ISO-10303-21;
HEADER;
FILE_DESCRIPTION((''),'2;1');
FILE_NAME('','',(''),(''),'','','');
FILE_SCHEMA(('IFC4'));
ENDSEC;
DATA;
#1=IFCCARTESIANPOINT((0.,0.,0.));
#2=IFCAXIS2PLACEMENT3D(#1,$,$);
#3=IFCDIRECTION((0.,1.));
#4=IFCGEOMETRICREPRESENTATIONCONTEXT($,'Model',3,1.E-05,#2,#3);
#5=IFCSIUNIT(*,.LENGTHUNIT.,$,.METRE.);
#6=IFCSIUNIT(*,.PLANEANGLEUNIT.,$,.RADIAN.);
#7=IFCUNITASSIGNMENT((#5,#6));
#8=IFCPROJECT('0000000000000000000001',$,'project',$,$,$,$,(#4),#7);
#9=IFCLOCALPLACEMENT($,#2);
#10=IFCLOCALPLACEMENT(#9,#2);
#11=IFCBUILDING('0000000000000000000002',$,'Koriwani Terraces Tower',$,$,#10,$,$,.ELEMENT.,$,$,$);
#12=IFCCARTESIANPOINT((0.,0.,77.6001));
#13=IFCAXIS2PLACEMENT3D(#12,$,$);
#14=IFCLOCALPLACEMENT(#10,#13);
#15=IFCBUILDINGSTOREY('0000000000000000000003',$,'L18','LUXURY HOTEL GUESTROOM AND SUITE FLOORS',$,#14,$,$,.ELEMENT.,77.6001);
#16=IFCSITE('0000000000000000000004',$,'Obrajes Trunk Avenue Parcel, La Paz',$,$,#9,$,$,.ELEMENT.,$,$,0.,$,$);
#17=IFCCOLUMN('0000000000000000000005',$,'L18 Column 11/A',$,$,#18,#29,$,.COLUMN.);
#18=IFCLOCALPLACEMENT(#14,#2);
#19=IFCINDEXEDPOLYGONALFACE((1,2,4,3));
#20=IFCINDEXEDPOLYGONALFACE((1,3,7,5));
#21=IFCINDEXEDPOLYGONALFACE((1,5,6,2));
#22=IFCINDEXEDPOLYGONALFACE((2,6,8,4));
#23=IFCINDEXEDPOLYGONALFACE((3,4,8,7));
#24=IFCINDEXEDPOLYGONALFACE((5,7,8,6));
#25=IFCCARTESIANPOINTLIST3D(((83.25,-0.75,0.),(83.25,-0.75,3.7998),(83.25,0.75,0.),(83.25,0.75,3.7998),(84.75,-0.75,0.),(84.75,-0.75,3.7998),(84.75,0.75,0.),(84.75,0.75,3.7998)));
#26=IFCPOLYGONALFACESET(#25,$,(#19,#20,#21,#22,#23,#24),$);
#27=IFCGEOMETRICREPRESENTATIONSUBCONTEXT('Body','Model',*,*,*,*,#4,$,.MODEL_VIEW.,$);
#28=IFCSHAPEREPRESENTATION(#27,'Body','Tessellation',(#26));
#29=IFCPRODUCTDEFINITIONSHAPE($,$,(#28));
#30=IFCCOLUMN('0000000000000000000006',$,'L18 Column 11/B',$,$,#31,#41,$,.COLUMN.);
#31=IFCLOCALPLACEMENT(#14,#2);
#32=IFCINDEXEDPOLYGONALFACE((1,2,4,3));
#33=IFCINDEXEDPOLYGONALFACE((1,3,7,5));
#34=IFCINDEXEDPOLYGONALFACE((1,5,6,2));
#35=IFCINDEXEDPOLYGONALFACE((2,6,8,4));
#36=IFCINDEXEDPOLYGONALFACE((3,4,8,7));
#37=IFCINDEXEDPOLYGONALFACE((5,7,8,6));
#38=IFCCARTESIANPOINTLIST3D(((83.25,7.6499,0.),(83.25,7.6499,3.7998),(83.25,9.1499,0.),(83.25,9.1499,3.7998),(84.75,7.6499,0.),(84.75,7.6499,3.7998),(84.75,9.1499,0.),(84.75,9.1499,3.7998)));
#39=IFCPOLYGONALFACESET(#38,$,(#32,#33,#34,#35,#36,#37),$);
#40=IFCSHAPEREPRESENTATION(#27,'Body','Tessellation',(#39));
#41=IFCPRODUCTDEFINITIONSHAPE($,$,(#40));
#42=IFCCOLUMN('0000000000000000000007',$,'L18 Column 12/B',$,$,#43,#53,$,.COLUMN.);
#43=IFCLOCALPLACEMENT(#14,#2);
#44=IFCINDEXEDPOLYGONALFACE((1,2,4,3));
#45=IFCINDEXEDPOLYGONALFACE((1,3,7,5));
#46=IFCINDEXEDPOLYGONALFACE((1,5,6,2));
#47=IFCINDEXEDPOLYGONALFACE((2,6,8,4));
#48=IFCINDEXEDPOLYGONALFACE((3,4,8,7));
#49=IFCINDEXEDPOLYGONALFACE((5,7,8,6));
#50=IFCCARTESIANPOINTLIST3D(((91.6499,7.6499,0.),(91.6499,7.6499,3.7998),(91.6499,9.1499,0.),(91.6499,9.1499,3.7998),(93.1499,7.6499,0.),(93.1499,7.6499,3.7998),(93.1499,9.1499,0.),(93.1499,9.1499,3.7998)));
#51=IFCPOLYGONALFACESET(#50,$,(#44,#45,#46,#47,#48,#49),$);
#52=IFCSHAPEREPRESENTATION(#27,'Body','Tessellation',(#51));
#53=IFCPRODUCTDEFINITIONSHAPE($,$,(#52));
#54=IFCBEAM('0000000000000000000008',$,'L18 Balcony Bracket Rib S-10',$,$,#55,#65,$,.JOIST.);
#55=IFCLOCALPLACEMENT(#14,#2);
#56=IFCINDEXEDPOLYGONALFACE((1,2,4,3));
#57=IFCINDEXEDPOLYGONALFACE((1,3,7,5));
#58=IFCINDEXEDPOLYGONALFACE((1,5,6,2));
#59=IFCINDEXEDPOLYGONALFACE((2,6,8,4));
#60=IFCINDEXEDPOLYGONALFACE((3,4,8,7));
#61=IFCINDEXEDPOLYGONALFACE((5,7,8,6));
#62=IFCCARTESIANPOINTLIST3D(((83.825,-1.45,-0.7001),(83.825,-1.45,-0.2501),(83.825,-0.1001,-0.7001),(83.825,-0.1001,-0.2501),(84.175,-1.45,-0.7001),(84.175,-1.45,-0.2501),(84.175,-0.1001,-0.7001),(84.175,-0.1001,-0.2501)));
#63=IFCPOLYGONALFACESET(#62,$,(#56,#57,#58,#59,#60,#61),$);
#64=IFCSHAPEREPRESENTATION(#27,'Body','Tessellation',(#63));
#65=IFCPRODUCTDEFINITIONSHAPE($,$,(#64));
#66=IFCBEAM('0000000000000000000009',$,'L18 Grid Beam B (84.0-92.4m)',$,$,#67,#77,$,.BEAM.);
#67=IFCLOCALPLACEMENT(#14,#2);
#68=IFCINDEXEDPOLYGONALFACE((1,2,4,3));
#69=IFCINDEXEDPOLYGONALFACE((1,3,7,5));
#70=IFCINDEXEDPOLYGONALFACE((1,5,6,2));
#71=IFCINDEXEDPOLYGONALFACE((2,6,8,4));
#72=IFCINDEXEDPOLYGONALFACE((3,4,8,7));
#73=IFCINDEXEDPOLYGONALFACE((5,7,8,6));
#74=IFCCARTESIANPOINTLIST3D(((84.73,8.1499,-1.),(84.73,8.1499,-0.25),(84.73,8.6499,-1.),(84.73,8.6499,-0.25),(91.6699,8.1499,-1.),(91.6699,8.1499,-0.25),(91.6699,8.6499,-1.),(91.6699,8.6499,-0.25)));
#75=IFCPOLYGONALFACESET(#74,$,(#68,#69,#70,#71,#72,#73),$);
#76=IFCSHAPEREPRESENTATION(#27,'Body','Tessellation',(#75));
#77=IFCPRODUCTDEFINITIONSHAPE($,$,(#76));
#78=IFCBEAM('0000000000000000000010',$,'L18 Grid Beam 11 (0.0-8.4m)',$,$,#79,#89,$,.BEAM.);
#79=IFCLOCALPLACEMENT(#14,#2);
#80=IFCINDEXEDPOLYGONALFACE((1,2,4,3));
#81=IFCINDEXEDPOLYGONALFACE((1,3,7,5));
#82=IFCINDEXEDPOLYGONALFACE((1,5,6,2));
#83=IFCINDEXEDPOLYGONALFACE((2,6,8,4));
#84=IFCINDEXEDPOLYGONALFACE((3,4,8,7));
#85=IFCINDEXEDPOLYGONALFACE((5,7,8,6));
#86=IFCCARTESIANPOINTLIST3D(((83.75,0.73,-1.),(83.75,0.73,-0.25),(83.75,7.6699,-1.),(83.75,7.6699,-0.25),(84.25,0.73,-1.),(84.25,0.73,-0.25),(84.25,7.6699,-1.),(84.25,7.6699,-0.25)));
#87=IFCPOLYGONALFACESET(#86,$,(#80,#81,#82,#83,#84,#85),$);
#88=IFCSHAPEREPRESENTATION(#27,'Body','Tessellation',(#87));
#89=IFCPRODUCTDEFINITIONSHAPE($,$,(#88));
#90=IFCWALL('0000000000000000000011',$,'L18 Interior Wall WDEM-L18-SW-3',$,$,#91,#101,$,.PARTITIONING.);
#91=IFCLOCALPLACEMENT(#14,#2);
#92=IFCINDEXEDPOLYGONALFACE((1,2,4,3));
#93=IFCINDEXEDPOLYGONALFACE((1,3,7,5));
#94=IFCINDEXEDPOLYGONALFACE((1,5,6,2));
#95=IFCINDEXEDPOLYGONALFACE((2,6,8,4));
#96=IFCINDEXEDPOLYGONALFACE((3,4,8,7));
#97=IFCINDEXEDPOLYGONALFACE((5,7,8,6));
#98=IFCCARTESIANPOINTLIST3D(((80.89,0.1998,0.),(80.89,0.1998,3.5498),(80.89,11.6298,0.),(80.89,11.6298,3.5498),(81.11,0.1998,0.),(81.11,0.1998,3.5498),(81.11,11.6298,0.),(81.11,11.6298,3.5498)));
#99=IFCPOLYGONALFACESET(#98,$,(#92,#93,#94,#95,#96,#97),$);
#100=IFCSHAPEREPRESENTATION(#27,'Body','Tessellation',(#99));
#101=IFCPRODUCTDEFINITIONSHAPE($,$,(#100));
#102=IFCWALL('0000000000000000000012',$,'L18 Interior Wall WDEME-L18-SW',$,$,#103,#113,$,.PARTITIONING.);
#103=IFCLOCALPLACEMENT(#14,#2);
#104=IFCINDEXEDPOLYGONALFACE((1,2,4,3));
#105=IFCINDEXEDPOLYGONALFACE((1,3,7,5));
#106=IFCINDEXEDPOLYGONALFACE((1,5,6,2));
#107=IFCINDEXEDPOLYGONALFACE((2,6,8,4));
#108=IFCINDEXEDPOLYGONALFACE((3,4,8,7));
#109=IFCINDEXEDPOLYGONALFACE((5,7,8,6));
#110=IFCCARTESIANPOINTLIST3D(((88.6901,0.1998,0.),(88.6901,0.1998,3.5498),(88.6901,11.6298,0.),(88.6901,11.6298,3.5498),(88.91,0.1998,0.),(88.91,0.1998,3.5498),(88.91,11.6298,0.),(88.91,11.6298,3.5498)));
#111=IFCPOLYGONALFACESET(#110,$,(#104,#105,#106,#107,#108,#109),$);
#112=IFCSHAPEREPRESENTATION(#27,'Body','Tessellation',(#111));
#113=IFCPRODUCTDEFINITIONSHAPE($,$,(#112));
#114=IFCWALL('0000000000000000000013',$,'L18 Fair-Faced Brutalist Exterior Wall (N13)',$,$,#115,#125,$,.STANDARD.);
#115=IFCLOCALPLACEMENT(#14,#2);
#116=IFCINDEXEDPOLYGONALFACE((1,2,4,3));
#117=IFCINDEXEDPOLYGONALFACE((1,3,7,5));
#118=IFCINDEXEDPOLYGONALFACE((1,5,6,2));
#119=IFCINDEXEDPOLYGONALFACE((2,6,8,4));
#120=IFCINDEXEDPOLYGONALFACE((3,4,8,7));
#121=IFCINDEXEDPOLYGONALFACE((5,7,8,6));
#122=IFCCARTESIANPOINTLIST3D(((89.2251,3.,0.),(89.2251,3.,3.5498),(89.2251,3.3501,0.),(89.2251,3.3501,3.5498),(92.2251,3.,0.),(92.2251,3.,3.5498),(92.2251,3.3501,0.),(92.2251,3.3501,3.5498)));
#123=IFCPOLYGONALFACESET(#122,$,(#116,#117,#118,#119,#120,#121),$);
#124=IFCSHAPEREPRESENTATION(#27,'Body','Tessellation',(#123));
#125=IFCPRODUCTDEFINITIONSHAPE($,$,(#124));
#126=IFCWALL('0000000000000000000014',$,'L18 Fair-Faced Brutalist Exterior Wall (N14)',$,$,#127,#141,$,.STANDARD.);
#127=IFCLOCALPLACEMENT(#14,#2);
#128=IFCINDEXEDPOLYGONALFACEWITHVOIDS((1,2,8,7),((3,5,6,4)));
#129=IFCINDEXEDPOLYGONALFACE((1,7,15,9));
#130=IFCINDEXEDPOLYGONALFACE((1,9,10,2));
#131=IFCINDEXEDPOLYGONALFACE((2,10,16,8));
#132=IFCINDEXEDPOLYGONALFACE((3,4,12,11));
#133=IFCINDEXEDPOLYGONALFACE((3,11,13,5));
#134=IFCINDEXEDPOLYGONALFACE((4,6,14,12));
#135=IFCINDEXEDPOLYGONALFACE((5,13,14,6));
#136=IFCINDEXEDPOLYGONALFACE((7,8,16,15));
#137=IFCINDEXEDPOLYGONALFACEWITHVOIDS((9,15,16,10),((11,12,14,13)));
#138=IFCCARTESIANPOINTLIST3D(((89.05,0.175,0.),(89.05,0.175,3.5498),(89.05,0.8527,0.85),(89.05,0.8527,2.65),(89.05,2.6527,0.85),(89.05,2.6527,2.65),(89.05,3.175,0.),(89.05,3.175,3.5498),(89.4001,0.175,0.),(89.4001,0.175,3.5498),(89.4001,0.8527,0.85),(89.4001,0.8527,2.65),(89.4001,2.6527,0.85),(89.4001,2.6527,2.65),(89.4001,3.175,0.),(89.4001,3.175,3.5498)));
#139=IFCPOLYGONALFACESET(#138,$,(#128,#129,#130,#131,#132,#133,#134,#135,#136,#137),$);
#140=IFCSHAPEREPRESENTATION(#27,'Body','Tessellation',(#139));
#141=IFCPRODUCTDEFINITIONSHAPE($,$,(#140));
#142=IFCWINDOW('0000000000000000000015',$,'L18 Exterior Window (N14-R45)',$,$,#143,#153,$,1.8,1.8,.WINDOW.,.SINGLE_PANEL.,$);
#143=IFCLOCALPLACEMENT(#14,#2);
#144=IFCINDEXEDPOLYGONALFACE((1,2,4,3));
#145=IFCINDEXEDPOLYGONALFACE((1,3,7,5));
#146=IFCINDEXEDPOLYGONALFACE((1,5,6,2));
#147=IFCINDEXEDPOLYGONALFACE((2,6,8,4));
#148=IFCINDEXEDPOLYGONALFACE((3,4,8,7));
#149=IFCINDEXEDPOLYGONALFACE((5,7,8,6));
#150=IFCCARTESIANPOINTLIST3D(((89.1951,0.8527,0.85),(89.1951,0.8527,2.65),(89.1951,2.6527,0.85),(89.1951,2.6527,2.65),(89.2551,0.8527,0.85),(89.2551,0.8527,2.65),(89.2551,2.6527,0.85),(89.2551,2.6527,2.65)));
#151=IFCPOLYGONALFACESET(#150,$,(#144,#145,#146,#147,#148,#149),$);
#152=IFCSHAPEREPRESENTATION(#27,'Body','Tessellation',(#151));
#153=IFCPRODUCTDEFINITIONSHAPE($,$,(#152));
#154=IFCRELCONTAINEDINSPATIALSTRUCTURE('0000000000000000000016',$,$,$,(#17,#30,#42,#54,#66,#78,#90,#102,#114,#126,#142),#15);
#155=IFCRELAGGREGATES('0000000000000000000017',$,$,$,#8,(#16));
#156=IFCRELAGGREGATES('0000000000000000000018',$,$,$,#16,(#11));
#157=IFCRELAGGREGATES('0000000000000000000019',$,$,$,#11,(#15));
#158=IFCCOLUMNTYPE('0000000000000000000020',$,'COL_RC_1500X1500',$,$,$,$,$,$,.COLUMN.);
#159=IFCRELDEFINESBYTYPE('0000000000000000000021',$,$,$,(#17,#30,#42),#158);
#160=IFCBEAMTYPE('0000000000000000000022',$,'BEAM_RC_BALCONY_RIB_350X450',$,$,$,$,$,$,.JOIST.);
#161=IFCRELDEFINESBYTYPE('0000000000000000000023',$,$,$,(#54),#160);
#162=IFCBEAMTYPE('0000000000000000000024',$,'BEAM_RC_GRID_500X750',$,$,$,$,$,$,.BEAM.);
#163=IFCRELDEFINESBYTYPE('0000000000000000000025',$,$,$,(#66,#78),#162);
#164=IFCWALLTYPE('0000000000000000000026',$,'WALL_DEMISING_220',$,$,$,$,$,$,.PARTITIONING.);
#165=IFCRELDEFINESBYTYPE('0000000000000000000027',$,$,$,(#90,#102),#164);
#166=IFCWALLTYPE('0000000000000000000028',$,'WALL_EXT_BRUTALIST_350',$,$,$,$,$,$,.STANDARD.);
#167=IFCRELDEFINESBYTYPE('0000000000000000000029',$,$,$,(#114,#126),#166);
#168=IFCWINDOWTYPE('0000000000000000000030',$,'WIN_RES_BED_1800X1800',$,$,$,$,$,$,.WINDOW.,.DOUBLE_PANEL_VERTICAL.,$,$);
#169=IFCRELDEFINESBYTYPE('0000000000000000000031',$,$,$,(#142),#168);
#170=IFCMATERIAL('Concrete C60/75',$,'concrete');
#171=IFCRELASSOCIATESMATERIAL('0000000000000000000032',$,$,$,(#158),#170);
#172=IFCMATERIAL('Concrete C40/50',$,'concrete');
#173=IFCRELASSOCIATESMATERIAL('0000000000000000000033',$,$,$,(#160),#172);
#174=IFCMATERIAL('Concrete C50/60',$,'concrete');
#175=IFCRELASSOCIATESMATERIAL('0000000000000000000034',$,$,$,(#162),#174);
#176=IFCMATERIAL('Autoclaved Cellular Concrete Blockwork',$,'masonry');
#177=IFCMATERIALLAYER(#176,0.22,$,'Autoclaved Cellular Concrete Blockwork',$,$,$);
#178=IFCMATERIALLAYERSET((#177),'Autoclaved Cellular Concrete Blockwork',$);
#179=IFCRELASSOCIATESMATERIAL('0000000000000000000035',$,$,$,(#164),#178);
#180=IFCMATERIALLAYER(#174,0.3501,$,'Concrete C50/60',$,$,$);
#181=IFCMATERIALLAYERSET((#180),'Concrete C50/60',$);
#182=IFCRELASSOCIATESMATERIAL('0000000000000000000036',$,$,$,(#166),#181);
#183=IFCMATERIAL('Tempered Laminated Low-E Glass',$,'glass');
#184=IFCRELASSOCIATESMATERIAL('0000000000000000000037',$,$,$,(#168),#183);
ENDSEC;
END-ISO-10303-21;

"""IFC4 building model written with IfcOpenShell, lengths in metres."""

from ifc_helpers import new_model, si_unit, direction, frame, frame_2d, origin, origin_2d, place, context, subcontext, project, spatial, rectangle, extrude, material, layer, layer_set, material_profile, profile_set, type_object, element, fill, save


model = new_model("IFC4")

# Units and contexts
model_context = context("Model", 3, precision=1e-05, world=origin(), true_north=direction((0.0, 1.0)))
body_context = subcontext(model_context, "Body", "Model", "MODEL_VIEW")
ifc_project = project(units=[si_unit("LENGTHUNIT", "METRE"), si_unit("PLANEANGLEUNIT", "RADIAN")], contexts=[model_context])

# Site, building, storey
site_placement = place(None, origin())
site = spatial("IfcSite", under=ifc_project, at=site_placement, Name="Obrajes Trunk Avenue Parcel, La Paz", CompositionType="ELEMENT", RefElevation=0.0)
building_placement = place(site_placement, origin())
building = spatial("IfcBuilding", under=site, at=building_placement, Name="Koriwani Terraces Tower", CompositionType="ELEMENT")
storey_placement = place(building_placement, frame((0.0, 0.0, 77.6001)))
storey = spatial("IfcBuildingStorey", under=building, at=storey_placement, Name="L18", Description="LUXURY HOTEL GUESTROOM AND SUITE FLOORS", CompositionType="ELEMENT", Elevation=77.6001)

# Columns
ifc_material_1 = material(Name="Concrete C60/75", Category="concrete")
ifc_material_profile_1 = material_profile(ifc_material_1, rectangle(XDim=1.5, YDim=1.5, at=origin_2d()), Name="Concrete C60/75", Category="LoadBearing")
ifc_profile_set_1 = profile_set([ifc_material_profile_1], Name="Concrete C60/75")
column_type = type_object("IfcColumnType", Name="COL_RC_1500X1500", PredefinedType="COLUMN", material=ifc_profile_set_1)
for number, where, z_axis, x_axis, name in (
    (1, (84.0, 0.0, 0.0), (0.0, 0.0, 1.0), (1.0, 0.0, 0.0), "L18 Column 11/A"),
    (2, (84.0, 8.3999, 0.0), (0.0, 0.0, 1.0), (1.0, 0.0, 0.0), "L18 Column 11/B"),
    (3, (92.3999, 8.3999, 0.0), (0.0, 0.0, 1.0), (1.0, 0.0, 0.0), "L18 Column 12/B"),
):
    element("IfcColumn", number, at=place(storey_placement, frame(where, z_axis=z_axis, x_axis=x_axis)), inside=storey, type_object=column_type, Name=name, PredefinedType="COLUMN", context=body_context, shape_type="SweptSolid", body=[
        extrude(rectangle(XDim=1.5, YDim=1.5, at=origin_2d()), origin(), (0.0, 0.0, 1.0), 3.7998),
    ])

# Beams
ifc_material_2 = material(Name="Concrete C40/50", Category="concrete")
ifc_material_profile_2 = material_profile(ifc_material_2, rectangle(XDim=0.3501, YDim=0.45, at=origin_2d()), Name="Concrete C40/50", Category="LoadBearing")
ifc_profile_set_2 = profile_set([ifc_material_profile_2], Name="Concrete C40/50")
beam_type_1 = type_object("IfcBeamType", Name="BEAM_RC_BALCONY_RIB_350X450", PredefinedType="JOIST", material=ifc_profile_set_2)
beam_placement = place(storey_placement, frame((84.0, -1.45, -0.4751), z_axis=(0.0, 1.0, 0.0), x_axis=(-1.0, 0.0, 0.0)))
element("IfcBeam", 4, at=beam_placement, inside=storey, type_object=beam_type_1, Name="L18 Balcony Bracket Rib S-10", PredefinedType="JOIST", context=body_context, shape_type="SweptSolid", body=[
    extrude(rectangle(XDim=0.3501, YDim=0.45, at=origin_2d()), origin(), (0.0, 0.0, 1.0), 1.3499),
])
ifc_material_3 = material(Name="Concrete C50/60", Category="concrete")
ifc_material_profile_3 = material_profile(ifc_material_3, rectangle(XDim=0.5, YDim=0.75, at=origin_2d()), Name="Concrete C50/60", Category="LoadBearing")
ifc_profile_set_3 = profile_set([ifc_material_profile_3], Name="Concrete C50/60")
beam_type_2 = type_object("IfcBeamType", Name="BEAM_RC_GRID_500X750", PredefinedType="BEAM", material=ifc_profile_set_3)
for number, where, z_axis, x_axis, name in (
    (5, (84.73, 8.3999, -0.625), (1.0, 0.0, 0.0), (0.0, 1.0, 0.0), "L18 Grid Beam B (84.0-92.4m)"),
    (6, (84.0, 0.73, -0.625), (0.0, 1.0, 0.0), (-1.0, 0.0, 0.0), "L18 Grid Beam 11 (0.0-8.4m)"),
):
    element("IfcBeam", number, at=place(storey_placement, frame(where, z_axis=z_axis, x_axis=x_axis)), inside=storey, type_object=beam_type_2, Name=name, PredefinedType="BEAM", context=body_context, shape_type="SweptSolid", body=[
        extrude(rectangle(XDim=0.5, YDim=0.75, at=origin_2d()), origin(), (0.0, 0.0, 1.0), 6.9399),
    ])

# Walls
ifc_material_4 = material(Name="Autoclaved Cellular Concrete Blockwork", Category="masonry")
ifc_layer_1 = layer(ifc_material_4, 0.22, Name="Autoclaved Cellular Concrete Blockwork")
ifc_layer_set_1 = layer_set([ifc_layer_1], Name="Autoclaved Cellular Concrete Blockwork")
wall_type_1 = type_object("IfcWallType", Name="WALL_DEMISING_220", PredefinedType="PARTITIONING", material=ifc_layer_set_1)
for number, where, z_axis, x_axis, name in (
    (7, (81.0, 0.2, 0.0), (0.0, 0.0, 1.0), (0.0, 1.0, 0.0), "L18 Interior Wall WDEM-L18-SW-3"),
    (8, (88.8, 0.2, 0.0), (0.0, 0.0, 1.0), (0.0, 1.0, 0.0), "L18 Interior Wall WDEME-L18-SW"),
):
    element("IfcWall", number, at=place(storey_placement, frame(where, z_axis=z_axis, x_axis=x_axis)), inside=storey, type_object=wall_type_1, Name=name, PredefinedType="PARTITIONING", context=body_context, shape_type="SweptSolid", body=[
        extrude(rectangle(XDim=11.4299, YDim=0.22, at=frame_2d((5.7148, 0.0))), origin(), (0.0, 0.0, 1.0), 3.5498),
    ])
ifc_layer_2 = layer(ifc_material_3, 0.3501, Name="Concrete C50/60")
ifc_layer_set_2 = layer_set([ifc_layer_2], Name="Concrete C50/60")
wall_type_2 = type_object("IfcWallType", Name="WALL_EXT_BRUTALIST_350", PredefinedType="STANDARD", material=ifc_layer_set_2)
wall_1_placement = place(storey_placement, frame((92.2251, 3.175, 0.0), z_axis=(0.0, 0.0, 1.0), x_axis=(-1.0, 0.0, 0.0)))
element("IfcWall", 9, at=wall_1_placement, inside=storey, type_object=wall_type_2, Name="L18 Fair-Faced Brutalist Exterior Wall (N13)", PredefinedType="STANDARD", context=body_context, shape_type="SweptSolid", body=[
    extrude(rectangle(XDim=3.0, YDim=0.3501, at=frame_2d((1.5, 0.0))), origin(), (0.0, 0.0, 1.0), 3.5498),
])

# Wall, opening, window
wall_2_placement = place(storey_placement, frame((89.2251, 3.175, 0.0), z_axis=(0.0, 0.0, 1.0), x_axis=(0.0, -1.0, 0.0)))
wall_2 = element("IfcWall", 10, at=wall_2_placement, inside=storey, type_object=wall_type_2, Name="L18 Fair-Faced Brutalist Exterior Wall (N14)", PredefinedType="STANDARD", context=body_context, shape_type="SweptSolid", body=[
    extrude(rectangle(XDim=3.0, YDim=0.3501, at=frame_2d((1.5, 0.0))), origin(), (0.0, 0.0, 1.0), 3.5498),
])
opening_1_placement = place(wall_2_placement, frame((0.5225, 0.0, 0.8501)))
opening_1 = element("IfcOpeningElement", 11, at=opening_1_placement, cuts=wall_2, PredefinedType="OPENING", context=body_context, shape_type="SweptSolid", body=[
    extrude(rectangle(XDim=1.8, YDim=1.8, at=frame_2d((0.8999, 0.8999))), frame((0.0, 0.1851, 0.0), z_axis=(0.0, -1.0, 0.0), x_axis=(1.0, 0.0, 0.0)), (0.0, 0.0, 1.0), 0.3701),
])
ifc_material_5 = material(Name="Tempered Laminated Low-E Glass", Category="glass")
window_type_1 = type_object("IfcWindowType", Name="WIN_RES_BED_1800X1800", PartitioningType="DOUBLE_PANEL_VERTICAL", PredefinedType="WINDOW", material=ifc_material_5)
window_1_placement = place(opening_1_placement, origin())
window_1 = element("IfcWindow", 12, at=window_1_placement, inside=storey, type_object=window_type_1, Name="L18 Exterior Window (N14-R45)", OverallHeight=1.8, OverallWidth=1.8, PartitioningType="SINGLE_PANEL", PredefinedType="WINDOW", context=body_context, shape_type="SweptSolid", body=[
    extrude(rectangle(XDim=1.8, YDim=1.8, at=frame_2d((0.8999, 0.8999))), frame((0.0, 0.03, 0.0), z_axis=(0.0, -1.0, 0.0), x_axis=(1.0, 0.0, 0.0)), (0.0, 0.0, 1.0), 0.0601),
])
fill(opening_1, window_1)

save(model, "model.ifc")
